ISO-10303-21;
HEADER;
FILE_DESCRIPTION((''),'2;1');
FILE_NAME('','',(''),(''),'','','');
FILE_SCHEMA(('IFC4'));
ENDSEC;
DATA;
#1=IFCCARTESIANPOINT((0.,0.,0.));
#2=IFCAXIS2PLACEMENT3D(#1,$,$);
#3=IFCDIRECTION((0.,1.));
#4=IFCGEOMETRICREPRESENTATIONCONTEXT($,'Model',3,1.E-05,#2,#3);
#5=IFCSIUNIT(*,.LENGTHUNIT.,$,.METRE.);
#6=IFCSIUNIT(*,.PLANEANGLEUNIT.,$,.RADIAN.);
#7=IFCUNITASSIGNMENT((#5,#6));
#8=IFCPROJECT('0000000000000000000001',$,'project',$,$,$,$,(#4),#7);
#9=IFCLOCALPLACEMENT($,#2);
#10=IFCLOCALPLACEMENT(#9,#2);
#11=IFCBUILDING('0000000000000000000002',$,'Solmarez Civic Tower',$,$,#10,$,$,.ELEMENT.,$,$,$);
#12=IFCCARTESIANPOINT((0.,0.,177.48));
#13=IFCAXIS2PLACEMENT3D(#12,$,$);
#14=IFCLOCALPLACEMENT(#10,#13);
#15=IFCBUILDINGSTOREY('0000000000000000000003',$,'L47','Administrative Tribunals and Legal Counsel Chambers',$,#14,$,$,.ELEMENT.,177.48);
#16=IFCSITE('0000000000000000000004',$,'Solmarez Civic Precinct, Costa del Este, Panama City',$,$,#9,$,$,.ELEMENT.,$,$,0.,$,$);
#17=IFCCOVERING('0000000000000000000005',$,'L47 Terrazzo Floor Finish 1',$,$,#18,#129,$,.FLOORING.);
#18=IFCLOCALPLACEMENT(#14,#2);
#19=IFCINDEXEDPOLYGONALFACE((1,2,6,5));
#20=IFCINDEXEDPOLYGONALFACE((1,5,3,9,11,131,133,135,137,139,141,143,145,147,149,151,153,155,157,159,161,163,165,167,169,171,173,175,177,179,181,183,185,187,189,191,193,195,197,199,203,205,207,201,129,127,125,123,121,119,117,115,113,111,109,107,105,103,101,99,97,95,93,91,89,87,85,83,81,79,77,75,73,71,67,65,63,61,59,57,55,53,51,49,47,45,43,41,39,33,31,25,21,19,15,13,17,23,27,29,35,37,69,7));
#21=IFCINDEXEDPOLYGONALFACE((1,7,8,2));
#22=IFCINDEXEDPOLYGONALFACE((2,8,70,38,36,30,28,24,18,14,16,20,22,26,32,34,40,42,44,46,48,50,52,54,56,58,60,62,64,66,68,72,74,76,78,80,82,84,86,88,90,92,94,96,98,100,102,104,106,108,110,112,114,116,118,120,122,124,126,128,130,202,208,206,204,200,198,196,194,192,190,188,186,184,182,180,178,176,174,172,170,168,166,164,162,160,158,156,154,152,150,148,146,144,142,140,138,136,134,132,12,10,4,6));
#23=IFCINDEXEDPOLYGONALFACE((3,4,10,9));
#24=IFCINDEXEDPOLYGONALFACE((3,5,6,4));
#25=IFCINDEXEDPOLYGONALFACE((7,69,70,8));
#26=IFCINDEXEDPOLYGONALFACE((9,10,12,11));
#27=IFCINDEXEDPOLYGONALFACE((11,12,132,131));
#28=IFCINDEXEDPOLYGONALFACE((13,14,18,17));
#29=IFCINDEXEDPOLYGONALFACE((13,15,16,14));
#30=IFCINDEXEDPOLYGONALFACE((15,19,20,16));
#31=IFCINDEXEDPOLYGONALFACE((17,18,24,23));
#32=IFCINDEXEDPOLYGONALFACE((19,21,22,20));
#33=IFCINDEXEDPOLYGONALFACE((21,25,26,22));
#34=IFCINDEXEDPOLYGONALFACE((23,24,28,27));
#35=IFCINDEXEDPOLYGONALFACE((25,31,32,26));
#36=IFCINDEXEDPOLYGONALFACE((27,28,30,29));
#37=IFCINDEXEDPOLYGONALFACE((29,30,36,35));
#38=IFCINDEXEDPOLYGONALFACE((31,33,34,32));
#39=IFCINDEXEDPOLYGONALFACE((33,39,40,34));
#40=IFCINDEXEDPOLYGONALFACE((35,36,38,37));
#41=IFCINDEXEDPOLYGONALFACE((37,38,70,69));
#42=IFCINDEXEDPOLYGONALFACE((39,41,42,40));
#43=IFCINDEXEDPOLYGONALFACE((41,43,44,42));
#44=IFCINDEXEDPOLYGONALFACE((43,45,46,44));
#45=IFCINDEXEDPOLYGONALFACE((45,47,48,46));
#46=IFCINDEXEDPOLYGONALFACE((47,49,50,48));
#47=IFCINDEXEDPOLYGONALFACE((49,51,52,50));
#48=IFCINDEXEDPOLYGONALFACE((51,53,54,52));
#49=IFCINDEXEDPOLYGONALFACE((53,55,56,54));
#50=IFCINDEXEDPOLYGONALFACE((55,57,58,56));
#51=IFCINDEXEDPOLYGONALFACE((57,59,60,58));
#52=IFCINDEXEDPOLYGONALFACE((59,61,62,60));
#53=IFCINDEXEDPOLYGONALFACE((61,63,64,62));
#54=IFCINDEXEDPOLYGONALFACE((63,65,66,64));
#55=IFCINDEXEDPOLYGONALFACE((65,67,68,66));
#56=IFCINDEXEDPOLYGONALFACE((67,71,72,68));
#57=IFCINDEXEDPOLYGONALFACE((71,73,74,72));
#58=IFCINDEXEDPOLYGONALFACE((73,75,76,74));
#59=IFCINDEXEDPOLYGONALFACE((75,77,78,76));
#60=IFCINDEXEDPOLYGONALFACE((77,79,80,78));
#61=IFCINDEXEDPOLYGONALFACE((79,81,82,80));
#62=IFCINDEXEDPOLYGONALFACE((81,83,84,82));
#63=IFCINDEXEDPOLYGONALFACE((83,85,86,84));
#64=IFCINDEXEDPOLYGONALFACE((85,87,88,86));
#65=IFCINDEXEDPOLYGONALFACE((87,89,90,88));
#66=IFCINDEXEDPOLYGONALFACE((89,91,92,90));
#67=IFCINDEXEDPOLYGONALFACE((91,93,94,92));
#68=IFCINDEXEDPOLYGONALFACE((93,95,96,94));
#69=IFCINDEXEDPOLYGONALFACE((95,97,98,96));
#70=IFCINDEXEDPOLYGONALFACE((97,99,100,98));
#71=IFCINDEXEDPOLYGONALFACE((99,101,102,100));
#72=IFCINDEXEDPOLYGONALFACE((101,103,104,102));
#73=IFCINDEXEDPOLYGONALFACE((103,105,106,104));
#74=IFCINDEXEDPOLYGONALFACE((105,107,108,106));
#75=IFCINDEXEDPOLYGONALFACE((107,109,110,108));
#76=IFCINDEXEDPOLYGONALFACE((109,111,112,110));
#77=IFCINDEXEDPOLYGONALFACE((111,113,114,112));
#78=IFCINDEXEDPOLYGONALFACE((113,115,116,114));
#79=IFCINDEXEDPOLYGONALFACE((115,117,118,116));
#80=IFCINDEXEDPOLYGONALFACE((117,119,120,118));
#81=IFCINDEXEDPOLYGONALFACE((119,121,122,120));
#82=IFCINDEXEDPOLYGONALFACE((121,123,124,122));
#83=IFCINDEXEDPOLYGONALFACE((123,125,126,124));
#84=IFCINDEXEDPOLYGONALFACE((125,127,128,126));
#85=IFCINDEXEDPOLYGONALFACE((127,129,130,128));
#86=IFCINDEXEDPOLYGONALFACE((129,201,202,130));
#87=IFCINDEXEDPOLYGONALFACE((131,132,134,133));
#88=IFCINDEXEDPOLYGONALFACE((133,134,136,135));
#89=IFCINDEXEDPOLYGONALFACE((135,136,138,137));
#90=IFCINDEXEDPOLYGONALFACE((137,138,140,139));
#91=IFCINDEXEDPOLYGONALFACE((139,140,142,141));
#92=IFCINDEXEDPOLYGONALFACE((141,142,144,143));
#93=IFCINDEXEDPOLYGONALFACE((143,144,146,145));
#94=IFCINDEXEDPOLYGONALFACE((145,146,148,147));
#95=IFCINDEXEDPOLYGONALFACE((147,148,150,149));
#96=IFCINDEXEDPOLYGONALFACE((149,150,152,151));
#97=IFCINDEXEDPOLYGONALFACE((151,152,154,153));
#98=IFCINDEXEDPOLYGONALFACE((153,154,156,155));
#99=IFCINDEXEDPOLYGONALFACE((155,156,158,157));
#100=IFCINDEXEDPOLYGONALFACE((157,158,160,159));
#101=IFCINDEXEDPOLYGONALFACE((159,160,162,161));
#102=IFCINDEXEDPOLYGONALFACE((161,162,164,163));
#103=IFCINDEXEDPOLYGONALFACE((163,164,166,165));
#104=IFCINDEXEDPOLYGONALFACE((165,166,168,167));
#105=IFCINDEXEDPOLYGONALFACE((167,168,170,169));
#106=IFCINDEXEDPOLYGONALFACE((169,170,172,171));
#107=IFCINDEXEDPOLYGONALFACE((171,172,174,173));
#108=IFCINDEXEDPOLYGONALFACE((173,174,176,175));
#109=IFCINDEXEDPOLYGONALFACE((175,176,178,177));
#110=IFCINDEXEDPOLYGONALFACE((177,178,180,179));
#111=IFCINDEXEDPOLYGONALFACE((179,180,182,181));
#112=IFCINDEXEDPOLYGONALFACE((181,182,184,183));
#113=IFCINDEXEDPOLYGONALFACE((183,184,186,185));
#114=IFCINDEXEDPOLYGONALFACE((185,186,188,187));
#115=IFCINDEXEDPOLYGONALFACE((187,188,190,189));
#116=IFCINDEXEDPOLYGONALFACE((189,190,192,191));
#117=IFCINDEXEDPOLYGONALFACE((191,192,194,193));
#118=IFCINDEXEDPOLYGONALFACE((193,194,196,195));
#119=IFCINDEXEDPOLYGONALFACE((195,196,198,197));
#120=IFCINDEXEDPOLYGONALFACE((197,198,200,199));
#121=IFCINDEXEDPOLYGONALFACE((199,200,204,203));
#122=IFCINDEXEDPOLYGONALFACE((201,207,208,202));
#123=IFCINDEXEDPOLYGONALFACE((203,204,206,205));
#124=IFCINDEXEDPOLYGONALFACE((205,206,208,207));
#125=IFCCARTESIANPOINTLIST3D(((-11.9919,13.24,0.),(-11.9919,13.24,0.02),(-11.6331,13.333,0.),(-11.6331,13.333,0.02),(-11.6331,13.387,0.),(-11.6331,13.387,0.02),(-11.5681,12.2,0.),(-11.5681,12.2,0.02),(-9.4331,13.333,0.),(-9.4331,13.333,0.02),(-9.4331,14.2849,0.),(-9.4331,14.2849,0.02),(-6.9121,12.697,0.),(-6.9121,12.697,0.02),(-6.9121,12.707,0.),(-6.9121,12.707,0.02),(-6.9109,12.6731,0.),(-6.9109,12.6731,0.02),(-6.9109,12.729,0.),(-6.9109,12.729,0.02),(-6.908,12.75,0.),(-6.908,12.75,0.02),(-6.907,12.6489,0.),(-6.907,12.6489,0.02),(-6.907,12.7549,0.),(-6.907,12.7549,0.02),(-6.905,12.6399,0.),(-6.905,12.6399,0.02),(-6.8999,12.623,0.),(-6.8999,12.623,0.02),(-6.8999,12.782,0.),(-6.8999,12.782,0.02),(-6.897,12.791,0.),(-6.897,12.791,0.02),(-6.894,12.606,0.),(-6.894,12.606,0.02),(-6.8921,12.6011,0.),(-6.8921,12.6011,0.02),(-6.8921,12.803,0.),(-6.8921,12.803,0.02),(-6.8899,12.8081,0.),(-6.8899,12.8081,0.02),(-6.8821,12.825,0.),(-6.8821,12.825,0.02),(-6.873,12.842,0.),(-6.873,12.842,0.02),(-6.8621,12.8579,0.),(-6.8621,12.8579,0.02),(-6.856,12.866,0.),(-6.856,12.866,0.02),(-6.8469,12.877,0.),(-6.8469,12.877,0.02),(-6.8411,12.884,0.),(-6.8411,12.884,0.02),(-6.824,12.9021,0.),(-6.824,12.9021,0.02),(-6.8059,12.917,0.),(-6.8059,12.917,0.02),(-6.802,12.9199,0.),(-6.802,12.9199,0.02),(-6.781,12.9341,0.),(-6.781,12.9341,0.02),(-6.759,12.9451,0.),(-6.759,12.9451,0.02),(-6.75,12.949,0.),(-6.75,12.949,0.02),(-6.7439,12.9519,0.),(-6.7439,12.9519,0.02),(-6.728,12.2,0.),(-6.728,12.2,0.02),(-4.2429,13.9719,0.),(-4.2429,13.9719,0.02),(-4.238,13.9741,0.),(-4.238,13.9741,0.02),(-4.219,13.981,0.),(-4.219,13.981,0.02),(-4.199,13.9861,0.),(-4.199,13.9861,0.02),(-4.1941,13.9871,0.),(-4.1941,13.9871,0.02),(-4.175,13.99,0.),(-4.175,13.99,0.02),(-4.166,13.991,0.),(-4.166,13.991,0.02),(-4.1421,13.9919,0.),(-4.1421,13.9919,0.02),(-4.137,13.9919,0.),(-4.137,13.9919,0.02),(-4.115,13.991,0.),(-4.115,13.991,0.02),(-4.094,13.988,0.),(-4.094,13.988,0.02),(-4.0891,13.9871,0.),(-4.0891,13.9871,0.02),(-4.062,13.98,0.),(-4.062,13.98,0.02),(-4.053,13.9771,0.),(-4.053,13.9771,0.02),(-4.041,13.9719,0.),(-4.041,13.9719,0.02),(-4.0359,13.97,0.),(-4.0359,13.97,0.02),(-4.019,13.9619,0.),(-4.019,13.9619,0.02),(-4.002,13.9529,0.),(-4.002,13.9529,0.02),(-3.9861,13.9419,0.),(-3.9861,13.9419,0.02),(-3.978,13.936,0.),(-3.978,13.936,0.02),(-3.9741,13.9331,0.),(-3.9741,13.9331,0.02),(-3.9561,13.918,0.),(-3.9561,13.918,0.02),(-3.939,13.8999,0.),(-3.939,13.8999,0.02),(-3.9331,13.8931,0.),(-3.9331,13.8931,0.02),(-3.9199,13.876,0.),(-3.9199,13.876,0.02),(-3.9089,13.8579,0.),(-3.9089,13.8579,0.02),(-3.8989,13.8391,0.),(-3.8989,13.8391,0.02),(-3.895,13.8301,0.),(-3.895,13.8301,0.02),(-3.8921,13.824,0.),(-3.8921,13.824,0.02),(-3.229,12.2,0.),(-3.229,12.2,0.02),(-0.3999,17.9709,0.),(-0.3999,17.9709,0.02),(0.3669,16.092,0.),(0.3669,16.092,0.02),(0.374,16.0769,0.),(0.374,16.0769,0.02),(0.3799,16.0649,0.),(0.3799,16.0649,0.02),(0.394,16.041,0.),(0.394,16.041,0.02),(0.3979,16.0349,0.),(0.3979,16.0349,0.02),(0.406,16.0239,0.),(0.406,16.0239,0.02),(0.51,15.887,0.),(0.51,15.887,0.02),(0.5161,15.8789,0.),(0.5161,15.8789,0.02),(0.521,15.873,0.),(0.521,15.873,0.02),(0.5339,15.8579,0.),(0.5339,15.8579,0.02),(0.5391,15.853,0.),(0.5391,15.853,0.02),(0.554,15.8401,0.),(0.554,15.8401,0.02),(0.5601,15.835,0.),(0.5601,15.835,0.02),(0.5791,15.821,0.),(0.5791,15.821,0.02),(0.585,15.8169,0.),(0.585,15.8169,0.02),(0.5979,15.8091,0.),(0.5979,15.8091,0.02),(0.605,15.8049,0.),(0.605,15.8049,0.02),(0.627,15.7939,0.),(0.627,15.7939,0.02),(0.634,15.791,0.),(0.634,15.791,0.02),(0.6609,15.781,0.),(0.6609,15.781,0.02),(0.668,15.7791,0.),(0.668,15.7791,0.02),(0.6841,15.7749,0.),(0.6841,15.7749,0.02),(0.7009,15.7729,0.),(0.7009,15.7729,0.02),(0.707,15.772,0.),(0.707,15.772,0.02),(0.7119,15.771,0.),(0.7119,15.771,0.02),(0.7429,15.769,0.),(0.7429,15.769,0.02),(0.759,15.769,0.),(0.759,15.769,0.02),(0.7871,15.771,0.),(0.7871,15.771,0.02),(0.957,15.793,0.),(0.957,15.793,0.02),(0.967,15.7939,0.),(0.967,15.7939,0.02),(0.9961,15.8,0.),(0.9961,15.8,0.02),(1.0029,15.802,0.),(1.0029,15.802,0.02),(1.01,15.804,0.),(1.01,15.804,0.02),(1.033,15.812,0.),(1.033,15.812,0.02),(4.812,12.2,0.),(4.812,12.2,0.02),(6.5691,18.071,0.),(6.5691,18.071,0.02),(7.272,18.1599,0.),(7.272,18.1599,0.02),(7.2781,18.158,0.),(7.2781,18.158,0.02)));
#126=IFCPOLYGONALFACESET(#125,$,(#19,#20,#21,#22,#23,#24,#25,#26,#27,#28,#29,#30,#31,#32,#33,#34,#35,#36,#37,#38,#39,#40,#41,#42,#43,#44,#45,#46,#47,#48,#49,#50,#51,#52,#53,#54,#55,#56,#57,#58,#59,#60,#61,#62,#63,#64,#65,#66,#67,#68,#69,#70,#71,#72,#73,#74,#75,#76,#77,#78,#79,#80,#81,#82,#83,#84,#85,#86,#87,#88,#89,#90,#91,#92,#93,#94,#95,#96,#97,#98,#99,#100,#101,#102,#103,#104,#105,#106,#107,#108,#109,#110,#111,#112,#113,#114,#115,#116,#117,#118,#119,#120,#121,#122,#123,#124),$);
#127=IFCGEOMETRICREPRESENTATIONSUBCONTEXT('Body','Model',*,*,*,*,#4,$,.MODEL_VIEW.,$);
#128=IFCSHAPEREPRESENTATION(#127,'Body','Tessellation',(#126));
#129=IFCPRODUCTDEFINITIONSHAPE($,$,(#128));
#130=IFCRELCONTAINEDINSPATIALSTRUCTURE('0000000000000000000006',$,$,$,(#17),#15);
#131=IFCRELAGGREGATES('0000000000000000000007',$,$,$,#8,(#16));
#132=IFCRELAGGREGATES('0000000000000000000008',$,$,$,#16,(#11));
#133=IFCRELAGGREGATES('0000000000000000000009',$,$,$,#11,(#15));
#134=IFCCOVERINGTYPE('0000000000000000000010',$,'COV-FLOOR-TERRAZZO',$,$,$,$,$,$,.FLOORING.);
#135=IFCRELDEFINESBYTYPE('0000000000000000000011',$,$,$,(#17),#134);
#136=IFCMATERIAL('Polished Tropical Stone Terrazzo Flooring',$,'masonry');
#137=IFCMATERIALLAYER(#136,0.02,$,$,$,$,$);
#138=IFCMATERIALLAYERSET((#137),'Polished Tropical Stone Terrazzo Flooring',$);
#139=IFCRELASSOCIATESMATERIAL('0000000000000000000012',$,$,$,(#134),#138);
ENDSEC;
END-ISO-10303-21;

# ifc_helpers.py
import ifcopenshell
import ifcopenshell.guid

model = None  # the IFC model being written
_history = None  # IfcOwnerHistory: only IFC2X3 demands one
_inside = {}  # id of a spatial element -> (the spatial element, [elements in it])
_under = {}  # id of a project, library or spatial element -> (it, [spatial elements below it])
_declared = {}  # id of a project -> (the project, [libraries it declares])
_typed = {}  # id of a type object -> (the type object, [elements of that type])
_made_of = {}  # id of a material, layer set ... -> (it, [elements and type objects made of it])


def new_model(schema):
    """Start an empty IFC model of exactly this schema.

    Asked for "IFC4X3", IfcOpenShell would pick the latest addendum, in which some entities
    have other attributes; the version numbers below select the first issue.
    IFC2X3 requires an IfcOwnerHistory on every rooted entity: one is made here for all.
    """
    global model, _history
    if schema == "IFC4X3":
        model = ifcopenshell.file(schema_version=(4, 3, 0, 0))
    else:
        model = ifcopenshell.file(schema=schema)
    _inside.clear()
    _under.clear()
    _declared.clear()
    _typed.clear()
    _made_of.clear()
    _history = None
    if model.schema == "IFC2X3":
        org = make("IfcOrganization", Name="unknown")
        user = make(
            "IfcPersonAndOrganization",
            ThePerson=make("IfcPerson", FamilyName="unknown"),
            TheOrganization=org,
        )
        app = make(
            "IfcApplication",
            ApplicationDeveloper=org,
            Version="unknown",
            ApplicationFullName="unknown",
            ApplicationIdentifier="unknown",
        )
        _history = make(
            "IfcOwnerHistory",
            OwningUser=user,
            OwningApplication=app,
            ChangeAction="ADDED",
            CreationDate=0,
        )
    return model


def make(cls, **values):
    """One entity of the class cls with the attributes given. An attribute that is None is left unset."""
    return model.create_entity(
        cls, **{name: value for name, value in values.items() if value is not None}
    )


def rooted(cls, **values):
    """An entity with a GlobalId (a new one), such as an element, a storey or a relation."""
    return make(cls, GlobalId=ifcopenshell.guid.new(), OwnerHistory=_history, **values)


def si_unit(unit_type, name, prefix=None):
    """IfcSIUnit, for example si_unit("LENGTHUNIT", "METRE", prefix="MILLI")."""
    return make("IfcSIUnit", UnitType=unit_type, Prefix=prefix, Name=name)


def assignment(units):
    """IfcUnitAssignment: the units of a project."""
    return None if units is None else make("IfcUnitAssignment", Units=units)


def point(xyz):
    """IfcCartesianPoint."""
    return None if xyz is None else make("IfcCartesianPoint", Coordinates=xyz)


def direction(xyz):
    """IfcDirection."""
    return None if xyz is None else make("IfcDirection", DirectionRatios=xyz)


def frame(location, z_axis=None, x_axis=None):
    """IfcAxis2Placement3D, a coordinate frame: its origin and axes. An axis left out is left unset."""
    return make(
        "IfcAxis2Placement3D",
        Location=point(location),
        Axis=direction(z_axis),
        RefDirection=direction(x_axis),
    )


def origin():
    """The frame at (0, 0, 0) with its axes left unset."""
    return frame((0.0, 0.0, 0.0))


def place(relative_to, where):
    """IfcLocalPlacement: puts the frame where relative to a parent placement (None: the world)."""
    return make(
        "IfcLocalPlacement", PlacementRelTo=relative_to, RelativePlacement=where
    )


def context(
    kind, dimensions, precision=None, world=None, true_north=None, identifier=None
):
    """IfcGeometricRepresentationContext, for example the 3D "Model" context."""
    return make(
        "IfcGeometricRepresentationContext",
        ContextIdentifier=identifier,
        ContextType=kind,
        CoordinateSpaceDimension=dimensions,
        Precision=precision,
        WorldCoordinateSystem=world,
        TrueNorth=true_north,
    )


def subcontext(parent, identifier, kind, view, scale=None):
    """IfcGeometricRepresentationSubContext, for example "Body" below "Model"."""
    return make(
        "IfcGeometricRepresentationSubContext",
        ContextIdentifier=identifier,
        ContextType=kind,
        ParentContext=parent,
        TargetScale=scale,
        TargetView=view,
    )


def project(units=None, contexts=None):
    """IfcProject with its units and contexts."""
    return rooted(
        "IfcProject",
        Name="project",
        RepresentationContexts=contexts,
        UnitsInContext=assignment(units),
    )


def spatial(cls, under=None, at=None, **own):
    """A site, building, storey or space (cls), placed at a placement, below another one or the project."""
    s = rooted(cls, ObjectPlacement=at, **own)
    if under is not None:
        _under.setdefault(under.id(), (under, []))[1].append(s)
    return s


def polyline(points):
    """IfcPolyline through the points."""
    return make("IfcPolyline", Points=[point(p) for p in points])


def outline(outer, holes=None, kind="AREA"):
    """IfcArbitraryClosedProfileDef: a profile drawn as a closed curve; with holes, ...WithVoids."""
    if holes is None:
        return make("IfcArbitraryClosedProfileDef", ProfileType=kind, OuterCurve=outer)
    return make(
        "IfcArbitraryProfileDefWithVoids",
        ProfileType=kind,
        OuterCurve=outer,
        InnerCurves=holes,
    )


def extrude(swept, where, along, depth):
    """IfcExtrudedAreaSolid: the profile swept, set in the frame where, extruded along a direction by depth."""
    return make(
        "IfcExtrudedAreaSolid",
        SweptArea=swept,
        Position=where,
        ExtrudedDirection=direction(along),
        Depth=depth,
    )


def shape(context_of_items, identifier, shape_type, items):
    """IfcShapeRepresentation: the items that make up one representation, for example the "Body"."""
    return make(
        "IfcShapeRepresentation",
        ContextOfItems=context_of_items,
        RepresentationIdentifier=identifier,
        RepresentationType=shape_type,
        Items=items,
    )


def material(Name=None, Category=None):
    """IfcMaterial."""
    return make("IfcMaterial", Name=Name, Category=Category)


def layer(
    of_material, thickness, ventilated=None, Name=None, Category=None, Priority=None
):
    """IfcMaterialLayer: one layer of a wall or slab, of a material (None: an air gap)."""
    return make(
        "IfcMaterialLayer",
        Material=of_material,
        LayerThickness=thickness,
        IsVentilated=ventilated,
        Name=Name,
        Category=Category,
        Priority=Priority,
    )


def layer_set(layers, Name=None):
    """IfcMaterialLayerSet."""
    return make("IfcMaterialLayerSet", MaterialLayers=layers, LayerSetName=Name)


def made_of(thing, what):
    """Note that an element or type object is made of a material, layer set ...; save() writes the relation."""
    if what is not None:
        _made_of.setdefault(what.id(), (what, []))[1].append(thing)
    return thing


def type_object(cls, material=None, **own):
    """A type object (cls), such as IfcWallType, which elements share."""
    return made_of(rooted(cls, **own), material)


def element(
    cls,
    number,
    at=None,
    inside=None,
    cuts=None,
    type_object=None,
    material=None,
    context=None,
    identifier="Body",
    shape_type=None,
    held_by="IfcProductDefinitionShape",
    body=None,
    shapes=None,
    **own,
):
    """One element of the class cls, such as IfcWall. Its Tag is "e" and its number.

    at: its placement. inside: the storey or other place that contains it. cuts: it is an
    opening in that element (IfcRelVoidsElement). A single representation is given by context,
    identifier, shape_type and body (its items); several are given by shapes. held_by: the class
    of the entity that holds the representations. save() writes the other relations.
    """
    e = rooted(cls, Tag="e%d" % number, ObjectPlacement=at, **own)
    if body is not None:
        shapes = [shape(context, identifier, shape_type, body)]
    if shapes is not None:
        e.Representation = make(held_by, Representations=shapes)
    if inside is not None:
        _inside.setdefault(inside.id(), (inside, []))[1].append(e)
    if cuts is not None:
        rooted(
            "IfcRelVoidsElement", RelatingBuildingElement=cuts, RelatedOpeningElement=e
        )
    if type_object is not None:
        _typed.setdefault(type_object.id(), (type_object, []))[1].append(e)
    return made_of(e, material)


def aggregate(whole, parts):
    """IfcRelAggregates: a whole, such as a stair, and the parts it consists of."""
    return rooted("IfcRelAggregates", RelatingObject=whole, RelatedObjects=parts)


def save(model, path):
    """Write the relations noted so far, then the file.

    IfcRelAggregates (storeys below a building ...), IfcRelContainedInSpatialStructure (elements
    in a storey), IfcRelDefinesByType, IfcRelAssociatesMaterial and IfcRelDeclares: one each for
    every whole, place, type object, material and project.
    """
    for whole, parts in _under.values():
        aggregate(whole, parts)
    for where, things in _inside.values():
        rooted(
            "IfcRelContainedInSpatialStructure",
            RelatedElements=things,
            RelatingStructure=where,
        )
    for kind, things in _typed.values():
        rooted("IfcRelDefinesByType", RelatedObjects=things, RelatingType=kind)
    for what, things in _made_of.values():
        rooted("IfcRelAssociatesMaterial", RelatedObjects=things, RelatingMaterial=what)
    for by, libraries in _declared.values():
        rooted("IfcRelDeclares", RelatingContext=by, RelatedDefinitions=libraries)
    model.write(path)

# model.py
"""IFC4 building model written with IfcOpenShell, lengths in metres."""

from ifc_helpers import new_model, si_unit, direction, frame, origin, place, context, subcontext, project, spatial, polyline, outline, extrude, material, layer, layer_set, type_object, element, save


model = new_model("IFC4")

# Units and contexts
model_context = context("Model", 3, precision=1e-05, world=origin(), true_north=direction((0.0, 1.0)))
body_context = subcontext(model_context, "Body", "Model", "MODEL_VIEW")
ifc_project = project(units=[si_unit("LENGTHUNIT", "METRE"), si_unit("PLANEANGLEUNIT", "RADIAN")], contexts=[model_context])

# Site, building, storey
site_placement = place(None, origin())
site = spatial("IfcSite", under=ifc_project, at=site_placement, Name="Solmarez Civic Precinct, Costa del Este, Panama City", CompositionType="ELEMENT", RefElevation=0.0)
building_placement = place(site_placement, origin())
building = spatial("IfcBuilding", under=site, at=building_placement, Name="Solmarez Civic Tower", CompositionType="ELEMENT")
storey_placement = place(building_placement, frame((0.0, 0.0, 177.48)))
storey = spatial("IfcBuildingStorey", under=building, at=storey_placement, Name="L47", Description="Administrative Tribunals and Legal Counsel Chambers", CompositionType="ELEMENT", Elevation=177.48)

# Covering
ifc_material_1 = material(Name="Polished Tropical Stone Terrazzo Flooring", Category="masonry")
ifc_layer_1 = layer(ifc_material_1, 0.02)
ifc_layer_set_1 = layer_set([ifc_layer_1], Name="Polished Tropical Stone Terrazzo Flooring")
covering_type_1 = type_object("IfcCoveringType", Name="COV-FLOOR-TERRAZZO", PredefinedType="FLOORING", material=ifc_layer_set_1)
covering_1_placement = place(storey_placement, origin())
element("IfcCovering", 1, at=covering_1_placement, inside=storey, type_object=covering_type_1, Name="L47 Terrazzo Floor Finish 1", PredefinedType="FLOORING", context=body_context, shape_type="SweptSolid", body=[
    extrude(outline(polyline([(-11.9919, 13.24), (-11.5681, 12.2), (-6.728, 12.2), (-6.8921, 12.6011), (-6.894, 12.606), (-6.8999, 12.623), (-6.905, 12.6399), (-6.907, 12.6489), (-6.9109, 12.6731), (-6.9121, 12.697), (-6.9121, 12.707), (-6.9109, 12.729), (-6.908, 12.75), (-6.907, 12.7549), (-6.8999, 12.782), (-6.897, 12.791), (-6.8921, 12.803), (-6.8899, 12.8081), (-6.8821, 12.825), (-6.873, 12.842), (-6.8621, 12.8579), (-6.856, 12.866), (-6.8469, 12.877), (-6.8411, 12.884), (-6.824, 12.9021), (-6.8059, 12.917), (-6.802, 12.9199), (-6.781, 12.9341), (-6.759, 12.9451), (-6.75, 12.949), (-6.7439, 12.9519), (-4.2429, 13.9719), (-4.238, 13.9741), (-4.219, 13.981), (-4.199, 13.9861), (-4.1941, 13.9871), (-4.175, 13.99), (-4.166, 13.991), (-4.1421, 13.9919), (-4.137, 13.9919), (-4.115, 13.991), (-4.094, 13.988), (-4.0891, 13.9871), (-4.062, 13.98), (-4.053, 13.9771), (-4.041, 13.9719), (-4.0359, 13.97), (-4.019, 13.9619), (-4.002, 13.9529), (-3.9861, 13.9419), (-3.978, 13.936), (-3.9741, 13.9331), (-3.9561, 13.918), (-3.939, 13.8999), (-3.9331, 13.8931), (-3.9199, 13.876), (-3.9089, 13.8579), (-3.8989, 13.8391), (-3.895, 13.8301), (-3.8921, 13.824), (-3.229, 12.2), (4.812, 12.2), (7.2781, 18.158), (7.272, 18.1599), (6.5691, 18.071), (1.033, 15.812), (1.01, 15.804), (1.0029, 15.802), (0.9961, 15.8), (0.967, 15.7939), (0.957, 15.793), (0.7871, 15.771), (0.759, 15.769), (0.7429, 15.769), (0.7119, 15.771), (0.707, 15.772), (0.7009, 15.7729), (0.6841, 15.7749), (0.668, 15.7791), (0.6609, 15.781), (0.634, 15.791), (0.627, 15.7939), (0.605, 15.8049), (0.5979, 15.8091), (0.585, 15.8169), (0.5791, 15.821), (0.5601, 15.835), (0.554, 15.8401), (0.5391, 15.853), (0.5339, 15.8579), (0.521, 15.873), (0.5161, 15.8789), (0.51, 15.887), (0.406, 16.0239), (0.3979, 16.0349), (0.394, 16.041), (0.3799, 16.0649), (0.374, 16.0769), (0.3669, 16.092), (-0.3999, 17.9709), (-9.4331, 14.2849), (-9.4331, 13.333), (-11.6331, 13.333), (-11.6331, 13.387), (-11.9919, 13.24)])), origin(), (0.0, 0.0, 1.0), 0.02),
])

save(model, "model.ifc")
